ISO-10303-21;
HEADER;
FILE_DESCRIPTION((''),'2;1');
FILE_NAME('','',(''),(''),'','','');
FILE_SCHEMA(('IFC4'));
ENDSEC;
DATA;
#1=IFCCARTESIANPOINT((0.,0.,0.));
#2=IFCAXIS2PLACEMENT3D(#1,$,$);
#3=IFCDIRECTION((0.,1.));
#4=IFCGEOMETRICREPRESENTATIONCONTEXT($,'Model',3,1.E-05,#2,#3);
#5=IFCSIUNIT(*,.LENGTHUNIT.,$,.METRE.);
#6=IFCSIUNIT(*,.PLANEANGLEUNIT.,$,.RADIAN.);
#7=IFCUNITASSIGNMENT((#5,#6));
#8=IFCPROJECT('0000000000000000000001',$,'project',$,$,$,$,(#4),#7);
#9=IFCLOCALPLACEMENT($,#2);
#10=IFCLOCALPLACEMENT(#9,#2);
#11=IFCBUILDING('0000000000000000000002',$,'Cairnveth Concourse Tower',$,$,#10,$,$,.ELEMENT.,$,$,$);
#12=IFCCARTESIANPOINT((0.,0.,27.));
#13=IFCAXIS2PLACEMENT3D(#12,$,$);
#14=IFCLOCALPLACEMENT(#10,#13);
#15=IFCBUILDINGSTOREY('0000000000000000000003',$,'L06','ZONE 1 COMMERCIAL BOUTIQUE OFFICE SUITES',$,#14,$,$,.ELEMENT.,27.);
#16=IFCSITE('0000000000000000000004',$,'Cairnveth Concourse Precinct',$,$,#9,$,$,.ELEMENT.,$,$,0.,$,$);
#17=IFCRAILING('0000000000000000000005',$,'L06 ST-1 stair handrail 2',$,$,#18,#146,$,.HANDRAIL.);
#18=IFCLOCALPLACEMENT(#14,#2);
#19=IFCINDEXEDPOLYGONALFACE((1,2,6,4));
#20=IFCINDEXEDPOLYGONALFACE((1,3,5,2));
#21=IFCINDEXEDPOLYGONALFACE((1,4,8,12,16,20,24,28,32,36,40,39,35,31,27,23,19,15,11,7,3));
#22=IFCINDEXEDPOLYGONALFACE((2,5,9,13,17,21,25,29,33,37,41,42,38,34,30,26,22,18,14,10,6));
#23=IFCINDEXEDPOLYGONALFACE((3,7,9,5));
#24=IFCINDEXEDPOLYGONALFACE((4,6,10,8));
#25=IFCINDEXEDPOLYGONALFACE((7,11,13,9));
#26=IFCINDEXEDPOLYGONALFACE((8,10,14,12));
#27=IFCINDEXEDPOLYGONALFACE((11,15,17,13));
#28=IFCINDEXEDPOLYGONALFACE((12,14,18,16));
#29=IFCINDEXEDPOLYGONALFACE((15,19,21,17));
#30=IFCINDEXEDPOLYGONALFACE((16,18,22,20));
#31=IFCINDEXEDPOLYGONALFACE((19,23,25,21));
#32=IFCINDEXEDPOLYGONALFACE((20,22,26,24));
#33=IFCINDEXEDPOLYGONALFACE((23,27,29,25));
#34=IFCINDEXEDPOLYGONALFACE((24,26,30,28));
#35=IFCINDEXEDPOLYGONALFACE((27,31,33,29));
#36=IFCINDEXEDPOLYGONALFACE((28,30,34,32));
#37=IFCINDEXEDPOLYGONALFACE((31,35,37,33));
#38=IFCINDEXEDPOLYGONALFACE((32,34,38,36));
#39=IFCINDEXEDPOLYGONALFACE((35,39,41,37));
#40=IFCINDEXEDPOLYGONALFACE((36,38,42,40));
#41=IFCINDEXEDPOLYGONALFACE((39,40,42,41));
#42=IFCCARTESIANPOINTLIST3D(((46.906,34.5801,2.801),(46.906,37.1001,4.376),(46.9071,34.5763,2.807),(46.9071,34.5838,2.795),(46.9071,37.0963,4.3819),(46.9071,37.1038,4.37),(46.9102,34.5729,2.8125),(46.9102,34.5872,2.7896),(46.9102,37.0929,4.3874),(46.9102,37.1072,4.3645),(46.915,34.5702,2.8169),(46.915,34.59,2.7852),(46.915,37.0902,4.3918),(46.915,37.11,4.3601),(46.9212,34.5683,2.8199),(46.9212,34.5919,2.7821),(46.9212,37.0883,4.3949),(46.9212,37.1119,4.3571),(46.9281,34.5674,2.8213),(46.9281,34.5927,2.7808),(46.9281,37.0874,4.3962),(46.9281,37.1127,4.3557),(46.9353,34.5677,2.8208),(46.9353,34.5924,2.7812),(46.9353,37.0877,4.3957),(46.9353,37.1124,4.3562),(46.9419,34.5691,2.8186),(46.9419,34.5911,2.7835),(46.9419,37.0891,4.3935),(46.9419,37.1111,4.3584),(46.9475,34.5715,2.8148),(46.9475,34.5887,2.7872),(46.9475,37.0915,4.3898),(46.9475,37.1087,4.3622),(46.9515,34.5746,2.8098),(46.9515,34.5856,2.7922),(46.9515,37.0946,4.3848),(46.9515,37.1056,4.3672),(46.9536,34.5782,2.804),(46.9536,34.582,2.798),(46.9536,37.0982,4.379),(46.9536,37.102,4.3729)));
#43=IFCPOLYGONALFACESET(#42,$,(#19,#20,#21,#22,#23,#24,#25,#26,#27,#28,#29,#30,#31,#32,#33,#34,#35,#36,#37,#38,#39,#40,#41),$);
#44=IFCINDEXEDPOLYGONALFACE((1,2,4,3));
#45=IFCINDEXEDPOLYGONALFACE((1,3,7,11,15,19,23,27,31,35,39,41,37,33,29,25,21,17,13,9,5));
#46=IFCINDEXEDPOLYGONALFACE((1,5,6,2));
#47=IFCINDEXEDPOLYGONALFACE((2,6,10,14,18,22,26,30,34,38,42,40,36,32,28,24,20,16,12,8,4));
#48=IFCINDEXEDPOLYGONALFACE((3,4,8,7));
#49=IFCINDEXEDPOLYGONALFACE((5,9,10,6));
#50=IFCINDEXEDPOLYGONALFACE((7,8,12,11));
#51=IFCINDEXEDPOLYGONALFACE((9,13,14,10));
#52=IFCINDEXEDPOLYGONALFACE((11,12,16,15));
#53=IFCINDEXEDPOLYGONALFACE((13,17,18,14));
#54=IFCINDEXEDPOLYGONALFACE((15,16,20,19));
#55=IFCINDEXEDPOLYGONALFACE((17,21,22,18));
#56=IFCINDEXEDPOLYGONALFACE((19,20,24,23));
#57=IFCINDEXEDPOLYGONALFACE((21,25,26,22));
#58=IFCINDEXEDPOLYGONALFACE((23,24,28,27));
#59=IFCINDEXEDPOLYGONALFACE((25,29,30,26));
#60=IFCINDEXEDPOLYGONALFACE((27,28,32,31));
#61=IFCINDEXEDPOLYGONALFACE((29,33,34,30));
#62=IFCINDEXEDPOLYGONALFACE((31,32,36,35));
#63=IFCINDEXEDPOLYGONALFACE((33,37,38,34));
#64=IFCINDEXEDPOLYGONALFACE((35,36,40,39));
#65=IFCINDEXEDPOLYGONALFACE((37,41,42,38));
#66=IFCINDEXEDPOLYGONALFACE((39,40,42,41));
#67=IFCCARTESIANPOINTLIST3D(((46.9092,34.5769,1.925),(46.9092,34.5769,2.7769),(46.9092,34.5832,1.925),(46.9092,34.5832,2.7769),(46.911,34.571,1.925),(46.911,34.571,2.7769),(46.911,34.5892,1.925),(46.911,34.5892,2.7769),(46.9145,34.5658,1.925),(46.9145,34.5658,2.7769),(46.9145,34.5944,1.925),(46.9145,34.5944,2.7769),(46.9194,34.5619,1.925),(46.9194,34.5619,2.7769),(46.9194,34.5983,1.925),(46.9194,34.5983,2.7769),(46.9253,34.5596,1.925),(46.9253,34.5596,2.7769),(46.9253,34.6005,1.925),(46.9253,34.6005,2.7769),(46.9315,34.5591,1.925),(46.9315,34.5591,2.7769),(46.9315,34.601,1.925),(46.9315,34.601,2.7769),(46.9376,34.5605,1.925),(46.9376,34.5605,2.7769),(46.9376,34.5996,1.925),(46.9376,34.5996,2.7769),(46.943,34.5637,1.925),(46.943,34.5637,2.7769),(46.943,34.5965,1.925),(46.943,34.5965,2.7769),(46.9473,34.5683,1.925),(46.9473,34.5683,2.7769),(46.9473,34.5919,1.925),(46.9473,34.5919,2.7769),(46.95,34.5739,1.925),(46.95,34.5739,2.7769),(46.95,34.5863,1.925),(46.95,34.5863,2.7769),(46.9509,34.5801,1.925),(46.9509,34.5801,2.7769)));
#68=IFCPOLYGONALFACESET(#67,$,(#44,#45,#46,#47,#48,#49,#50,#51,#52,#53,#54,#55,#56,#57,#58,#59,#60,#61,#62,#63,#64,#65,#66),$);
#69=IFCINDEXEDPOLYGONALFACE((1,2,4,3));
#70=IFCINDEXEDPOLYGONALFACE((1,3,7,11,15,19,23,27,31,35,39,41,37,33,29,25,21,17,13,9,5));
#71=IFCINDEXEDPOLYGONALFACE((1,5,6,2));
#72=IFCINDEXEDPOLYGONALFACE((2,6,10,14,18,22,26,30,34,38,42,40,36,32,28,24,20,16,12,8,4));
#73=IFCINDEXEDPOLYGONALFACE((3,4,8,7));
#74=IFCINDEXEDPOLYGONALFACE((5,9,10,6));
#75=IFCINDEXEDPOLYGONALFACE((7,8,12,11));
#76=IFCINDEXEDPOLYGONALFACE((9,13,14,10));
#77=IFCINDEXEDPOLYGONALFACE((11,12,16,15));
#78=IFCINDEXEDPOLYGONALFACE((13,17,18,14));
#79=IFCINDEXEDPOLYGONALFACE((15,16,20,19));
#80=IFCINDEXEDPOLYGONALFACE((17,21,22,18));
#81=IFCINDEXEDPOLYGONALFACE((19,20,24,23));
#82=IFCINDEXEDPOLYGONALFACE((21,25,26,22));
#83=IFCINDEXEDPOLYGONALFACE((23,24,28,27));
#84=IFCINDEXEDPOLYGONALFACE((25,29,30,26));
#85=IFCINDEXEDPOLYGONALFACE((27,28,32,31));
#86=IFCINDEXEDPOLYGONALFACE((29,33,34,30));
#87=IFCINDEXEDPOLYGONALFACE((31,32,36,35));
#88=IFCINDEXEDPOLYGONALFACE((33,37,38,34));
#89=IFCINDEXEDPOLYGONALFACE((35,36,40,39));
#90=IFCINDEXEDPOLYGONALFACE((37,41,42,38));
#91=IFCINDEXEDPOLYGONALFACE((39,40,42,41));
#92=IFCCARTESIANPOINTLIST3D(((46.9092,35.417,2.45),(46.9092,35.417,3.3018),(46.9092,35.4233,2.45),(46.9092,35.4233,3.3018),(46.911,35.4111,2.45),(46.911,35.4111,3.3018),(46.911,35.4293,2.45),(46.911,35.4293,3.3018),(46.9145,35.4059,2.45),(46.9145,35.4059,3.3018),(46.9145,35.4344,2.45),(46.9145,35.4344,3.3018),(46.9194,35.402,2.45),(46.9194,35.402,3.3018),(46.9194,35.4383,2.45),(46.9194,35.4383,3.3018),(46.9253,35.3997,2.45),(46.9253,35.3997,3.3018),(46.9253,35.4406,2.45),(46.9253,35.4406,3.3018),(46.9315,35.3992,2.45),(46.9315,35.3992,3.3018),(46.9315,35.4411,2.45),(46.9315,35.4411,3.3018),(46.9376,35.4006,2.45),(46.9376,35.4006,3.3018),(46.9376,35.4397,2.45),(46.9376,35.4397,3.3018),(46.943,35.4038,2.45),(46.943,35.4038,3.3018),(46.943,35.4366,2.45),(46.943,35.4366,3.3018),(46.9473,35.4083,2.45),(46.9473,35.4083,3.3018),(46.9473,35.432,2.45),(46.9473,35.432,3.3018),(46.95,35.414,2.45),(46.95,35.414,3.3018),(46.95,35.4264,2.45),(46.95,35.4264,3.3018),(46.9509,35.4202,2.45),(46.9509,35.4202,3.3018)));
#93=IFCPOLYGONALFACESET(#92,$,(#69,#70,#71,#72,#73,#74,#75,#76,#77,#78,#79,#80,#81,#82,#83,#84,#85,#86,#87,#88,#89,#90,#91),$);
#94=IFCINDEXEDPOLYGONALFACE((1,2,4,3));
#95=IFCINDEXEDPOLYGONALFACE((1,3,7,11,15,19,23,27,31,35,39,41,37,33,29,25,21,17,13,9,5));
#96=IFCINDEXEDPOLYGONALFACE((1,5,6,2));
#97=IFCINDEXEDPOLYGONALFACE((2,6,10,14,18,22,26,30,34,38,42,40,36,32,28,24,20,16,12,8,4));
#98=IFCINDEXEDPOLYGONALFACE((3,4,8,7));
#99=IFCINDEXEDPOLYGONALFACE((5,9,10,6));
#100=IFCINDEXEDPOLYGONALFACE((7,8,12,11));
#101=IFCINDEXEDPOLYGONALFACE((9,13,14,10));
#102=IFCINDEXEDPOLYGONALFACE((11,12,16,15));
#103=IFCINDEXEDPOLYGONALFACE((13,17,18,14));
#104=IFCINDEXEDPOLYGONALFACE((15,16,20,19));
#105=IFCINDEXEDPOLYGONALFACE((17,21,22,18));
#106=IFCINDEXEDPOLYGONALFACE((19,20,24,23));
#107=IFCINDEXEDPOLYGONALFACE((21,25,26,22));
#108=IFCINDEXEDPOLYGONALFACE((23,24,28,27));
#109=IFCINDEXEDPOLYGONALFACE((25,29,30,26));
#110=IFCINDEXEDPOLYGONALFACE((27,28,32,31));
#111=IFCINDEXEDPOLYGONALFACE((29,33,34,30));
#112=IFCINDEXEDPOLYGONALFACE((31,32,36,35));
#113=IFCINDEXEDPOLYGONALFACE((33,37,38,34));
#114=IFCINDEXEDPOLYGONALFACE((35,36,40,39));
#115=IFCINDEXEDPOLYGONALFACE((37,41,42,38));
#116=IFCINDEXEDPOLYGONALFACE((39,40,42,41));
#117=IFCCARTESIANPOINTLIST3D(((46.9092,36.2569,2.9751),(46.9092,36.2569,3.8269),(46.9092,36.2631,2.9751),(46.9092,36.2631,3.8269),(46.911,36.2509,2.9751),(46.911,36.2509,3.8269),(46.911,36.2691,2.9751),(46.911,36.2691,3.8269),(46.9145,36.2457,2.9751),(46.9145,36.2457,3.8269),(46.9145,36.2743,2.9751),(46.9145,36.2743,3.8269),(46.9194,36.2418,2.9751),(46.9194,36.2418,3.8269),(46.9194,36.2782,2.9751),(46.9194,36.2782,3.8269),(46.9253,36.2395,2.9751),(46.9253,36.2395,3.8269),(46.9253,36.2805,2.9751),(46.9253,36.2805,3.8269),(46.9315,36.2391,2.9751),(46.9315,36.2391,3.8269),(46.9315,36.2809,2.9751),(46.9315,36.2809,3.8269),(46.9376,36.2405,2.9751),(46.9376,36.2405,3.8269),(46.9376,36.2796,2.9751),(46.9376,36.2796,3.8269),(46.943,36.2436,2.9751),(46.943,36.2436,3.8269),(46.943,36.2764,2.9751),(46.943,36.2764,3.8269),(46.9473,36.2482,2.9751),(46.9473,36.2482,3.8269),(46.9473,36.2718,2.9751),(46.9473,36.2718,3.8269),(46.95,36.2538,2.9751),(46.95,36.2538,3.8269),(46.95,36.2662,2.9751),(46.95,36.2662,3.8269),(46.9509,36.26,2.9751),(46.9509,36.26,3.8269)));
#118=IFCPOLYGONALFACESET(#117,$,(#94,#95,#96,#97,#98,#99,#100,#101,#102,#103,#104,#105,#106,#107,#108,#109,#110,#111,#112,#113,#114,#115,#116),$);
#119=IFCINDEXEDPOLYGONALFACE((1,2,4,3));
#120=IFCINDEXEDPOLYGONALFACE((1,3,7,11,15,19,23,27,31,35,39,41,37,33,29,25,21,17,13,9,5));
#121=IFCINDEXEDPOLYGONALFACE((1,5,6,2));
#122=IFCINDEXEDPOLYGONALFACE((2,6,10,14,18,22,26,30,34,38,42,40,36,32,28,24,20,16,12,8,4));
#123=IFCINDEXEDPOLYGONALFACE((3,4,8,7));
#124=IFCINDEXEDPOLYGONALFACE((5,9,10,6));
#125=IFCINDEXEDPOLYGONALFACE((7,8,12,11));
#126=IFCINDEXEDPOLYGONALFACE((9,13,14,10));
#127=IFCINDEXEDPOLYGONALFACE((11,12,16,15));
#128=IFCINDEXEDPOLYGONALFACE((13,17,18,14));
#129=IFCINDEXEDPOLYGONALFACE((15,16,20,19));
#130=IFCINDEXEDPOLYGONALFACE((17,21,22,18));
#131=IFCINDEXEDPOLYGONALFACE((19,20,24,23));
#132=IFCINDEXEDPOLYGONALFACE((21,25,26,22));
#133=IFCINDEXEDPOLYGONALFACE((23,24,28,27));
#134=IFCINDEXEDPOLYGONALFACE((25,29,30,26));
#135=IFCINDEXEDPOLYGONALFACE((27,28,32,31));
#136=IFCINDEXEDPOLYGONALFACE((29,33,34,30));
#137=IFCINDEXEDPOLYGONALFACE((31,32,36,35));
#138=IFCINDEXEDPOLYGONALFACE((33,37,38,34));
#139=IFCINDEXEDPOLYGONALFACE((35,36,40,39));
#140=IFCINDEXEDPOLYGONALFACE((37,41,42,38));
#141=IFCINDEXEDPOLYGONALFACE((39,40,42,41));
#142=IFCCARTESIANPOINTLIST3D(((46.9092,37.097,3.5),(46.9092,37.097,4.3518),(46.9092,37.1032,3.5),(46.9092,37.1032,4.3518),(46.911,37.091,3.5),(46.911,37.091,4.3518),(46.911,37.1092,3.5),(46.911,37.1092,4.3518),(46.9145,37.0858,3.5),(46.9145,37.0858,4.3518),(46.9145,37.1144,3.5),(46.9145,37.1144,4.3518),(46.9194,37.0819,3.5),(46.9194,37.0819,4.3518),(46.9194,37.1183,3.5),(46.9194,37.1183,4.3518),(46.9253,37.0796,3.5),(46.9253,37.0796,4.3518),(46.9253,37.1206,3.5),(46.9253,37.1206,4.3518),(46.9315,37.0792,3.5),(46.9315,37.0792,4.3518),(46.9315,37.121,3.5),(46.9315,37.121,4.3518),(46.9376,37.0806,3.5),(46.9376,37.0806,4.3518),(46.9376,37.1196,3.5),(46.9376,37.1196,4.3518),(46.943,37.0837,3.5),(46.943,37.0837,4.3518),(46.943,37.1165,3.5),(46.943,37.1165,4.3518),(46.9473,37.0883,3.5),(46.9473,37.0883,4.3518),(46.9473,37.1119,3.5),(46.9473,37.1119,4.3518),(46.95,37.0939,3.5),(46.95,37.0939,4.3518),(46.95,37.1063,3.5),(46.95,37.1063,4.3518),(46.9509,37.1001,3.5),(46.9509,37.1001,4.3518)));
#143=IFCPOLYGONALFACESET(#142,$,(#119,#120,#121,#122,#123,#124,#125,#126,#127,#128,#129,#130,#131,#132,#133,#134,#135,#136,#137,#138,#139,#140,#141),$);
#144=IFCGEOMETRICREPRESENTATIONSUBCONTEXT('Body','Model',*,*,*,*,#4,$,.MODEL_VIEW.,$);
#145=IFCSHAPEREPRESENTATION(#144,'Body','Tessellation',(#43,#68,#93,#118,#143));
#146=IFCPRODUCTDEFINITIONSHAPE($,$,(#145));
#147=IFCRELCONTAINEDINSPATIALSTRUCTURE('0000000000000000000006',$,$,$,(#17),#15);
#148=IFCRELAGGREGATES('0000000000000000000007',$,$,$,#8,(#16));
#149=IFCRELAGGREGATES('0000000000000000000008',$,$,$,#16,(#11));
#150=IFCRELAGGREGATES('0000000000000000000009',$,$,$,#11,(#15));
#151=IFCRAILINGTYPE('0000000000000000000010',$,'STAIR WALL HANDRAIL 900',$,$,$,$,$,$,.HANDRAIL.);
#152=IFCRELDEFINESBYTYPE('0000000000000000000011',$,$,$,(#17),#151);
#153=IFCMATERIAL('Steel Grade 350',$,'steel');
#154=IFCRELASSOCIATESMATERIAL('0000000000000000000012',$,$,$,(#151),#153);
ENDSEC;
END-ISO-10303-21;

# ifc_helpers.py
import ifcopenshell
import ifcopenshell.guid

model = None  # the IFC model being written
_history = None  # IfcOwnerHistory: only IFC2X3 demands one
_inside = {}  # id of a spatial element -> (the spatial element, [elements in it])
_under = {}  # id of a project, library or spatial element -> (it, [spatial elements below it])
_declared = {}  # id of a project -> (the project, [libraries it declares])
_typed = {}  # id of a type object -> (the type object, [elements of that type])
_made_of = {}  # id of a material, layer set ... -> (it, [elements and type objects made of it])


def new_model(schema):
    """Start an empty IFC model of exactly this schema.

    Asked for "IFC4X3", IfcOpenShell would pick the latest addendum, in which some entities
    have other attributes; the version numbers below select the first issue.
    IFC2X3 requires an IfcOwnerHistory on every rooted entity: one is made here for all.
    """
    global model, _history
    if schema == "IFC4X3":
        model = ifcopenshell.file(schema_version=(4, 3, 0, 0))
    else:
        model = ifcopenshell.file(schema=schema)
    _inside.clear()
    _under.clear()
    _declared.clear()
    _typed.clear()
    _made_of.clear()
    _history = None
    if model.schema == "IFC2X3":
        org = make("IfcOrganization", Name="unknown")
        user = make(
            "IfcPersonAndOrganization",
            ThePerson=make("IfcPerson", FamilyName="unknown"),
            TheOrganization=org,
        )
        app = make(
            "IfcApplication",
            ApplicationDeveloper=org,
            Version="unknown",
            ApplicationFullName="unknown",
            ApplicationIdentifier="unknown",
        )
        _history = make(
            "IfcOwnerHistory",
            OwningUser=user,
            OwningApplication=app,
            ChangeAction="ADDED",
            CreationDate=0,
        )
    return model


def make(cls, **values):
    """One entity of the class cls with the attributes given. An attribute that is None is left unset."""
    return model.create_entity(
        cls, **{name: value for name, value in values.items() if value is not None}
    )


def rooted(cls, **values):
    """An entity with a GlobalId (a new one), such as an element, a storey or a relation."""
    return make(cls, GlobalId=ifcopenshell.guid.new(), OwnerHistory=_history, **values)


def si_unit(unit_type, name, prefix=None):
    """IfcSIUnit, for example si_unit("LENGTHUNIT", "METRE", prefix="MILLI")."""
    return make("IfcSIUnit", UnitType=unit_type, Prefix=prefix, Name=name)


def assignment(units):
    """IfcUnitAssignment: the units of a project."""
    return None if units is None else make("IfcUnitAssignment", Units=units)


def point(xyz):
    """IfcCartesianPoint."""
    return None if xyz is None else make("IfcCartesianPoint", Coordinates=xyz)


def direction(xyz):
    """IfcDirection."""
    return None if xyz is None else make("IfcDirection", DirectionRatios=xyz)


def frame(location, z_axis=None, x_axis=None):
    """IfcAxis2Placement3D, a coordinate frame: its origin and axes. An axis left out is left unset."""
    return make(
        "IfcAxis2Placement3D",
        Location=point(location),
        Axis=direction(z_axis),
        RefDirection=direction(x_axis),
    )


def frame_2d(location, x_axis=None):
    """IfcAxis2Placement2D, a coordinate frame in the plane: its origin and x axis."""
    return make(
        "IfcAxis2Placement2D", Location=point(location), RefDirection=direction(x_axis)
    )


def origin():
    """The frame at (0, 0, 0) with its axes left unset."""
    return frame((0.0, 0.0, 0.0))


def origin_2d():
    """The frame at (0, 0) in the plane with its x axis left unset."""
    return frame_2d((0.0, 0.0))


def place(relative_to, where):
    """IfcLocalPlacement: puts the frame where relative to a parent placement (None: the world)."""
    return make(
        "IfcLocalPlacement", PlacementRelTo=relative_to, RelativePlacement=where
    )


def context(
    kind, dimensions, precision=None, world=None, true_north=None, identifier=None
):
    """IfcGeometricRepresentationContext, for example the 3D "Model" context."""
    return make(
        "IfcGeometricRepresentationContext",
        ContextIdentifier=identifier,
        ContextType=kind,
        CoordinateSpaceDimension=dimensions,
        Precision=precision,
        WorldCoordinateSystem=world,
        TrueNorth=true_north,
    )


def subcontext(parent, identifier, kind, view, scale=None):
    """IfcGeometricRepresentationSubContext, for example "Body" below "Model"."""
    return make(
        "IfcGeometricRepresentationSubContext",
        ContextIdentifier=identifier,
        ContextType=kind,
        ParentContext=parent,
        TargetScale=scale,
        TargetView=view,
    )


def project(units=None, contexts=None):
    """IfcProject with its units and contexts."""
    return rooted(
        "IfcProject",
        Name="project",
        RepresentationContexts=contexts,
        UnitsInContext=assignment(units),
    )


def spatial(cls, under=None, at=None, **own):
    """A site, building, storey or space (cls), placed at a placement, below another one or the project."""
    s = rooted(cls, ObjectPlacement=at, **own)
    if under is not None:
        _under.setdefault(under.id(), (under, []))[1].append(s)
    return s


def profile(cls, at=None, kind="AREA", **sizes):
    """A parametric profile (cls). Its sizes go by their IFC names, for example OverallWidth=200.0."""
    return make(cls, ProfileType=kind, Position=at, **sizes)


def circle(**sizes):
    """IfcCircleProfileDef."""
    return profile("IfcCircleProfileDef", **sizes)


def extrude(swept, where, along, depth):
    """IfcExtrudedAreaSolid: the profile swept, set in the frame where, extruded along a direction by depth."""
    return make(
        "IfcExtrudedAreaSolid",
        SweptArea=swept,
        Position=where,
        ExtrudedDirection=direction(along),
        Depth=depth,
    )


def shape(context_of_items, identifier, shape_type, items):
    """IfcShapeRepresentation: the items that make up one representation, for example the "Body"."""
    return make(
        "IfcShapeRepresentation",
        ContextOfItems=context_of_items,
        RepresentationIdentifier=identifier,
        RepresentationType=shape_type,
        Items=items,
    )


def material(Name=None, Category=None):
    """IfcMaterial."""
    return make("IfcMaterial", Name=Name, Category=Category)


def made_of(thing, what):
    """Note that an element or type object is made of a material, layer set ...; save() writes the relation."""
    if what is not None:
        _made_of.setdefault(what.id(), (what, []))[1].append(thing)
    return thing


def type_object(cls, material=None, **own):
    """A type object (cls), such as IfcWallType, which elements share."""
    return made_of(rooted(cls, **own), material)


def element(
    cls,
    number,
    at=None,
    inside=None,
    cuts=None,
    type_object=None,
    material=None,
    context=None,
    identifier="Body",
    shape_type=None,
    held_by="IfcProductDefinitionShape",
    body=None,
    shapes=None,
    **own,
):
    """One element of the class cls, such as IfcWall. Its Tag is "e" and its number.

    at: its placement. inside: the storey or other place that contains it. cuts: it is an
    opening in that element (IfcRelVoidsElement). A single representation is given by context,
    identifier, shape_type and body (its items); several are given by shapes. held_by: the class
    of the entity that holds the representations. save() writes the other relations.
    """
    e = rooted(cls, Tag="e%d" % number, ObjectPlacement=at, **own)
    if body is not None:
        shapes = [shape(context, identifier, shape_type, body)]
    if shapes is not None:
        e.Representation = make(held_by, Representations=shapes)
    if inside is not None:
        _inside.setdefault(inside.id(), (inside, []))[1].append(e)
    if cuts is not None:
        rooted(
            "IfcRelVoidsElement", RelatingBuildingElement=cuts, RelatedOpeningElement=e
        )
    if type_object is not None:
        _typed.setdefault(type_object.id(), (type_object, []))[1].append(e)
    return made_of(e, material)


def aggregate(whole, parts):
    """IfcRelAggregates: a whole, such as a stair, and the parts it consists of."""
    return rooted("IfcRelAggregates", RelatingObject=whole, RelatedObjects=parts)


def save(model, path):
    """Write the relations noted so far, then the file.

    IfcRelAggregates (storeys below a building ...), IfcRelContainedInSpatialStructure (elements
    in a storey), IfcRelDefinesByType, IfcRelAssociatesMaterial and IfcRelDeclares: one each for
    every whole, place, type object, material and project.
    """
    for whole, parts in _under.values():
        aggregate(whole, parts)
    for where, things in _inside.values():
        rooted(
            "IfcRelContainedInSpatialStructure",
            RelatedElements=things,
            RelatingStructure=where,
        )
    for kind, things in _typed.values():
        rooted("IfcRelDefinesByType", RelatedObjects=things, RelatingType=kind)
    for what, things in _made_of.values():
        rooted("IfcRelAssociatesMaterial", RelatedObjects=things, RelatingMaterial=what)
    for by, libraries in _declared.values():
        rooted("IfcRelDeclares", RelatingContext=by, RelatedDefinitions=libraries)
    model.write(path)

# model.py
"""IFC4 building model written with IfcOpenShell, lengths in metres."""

from ifc_helpers import new_model, si_unit, direction, frame, origin, origin_2d, place, context, subcontext, project, spatial, circle, extrude, material, type_object, element, save


model = new_model("IFC4")

# Units and contexts
model_context = context("Model", 3, precision=1e-05, world=origin(), true_north=direction((0.0, 1.0)))
body_context = subcontext(model_context, "Body", "Model", "MODEL_VIEW")
ifc_project = project(units=[si_unit("LENGTHUNIT", "METRE"), si_unit("PLANEANGLEUNIT", "RADIAN")], contexts=[model_context])

# Site, building, storey
site_placement = place(None, origin())
site = spatial("IfcSite", under=ifc_project, at=site_placement, Name="Cairnveth Concourse Precinct", CompositionType="ELEMENT", RefElevation=0.0)
building_placement = place(site_placement, origin())
building = spatial("IfcBuilding", under=site, at=building_placement, Name="Cairnveth Concourse Tower", CompositionType="ELEMENT")
storey_placement = place(building_placement, frame((0.0, 0.0, 27.0)))
storey = spatial("IfcBuildingStorey", under=building, at=storey_placement, Name="L06", Description="ZONE 1 COMMERCIAL BOUTIQUE OFFICE SUITES", CompositionType="ELEMENT", Elevation=27.0)

# Shared definitions
ifc_material_1 = material(Name="Steel Grade 350", Category="steel")

# Railing
railing_type_1 = type_object("IfcRailingType", Name="STAIR WALL HANDRAIL 900", PredefinedType="HANDRAIL", material=ifc_material_1)
railing_1_placement = place(storey_placement, frame((46.9299, 34.5801, 1.925)))
element("IfcRailing", 1, at=railing_1_placement, inside=storey, type_object=railing_type_1, Name="L06 ST-1 stair handrail 2", PredefinedType="HANDRAIL", context=body_context, shape_type="SweptSolid", body=[
    extrude(circle(Radius=0.0239, at=origin_2d()), frame((0.0, 0.0, 0.876), z_axis=(0.0, 0.848008, 0.529984), x_axis=(-1.0, 0.0, 0.0)), (0.0, 0.0, 1.0), 2.9717),
    extrude(circle(Radius=0.021, at=origin_2d()), origin(), (0.0, 0.0, 1.0), 0.8518),
    extrude(circle(Radius=0.021, at=origin_2d()), frame((0.0, 0.8401, 0.5249)), (0.0, 0.0, 1.0), 0.8518),
    extrude(circle(Radius=0.021, at=origin_2d()), frame((0.0, 1.6799, 1.05)), (0.0, 0.0, 1.0), 0.8518),
    extrude(circle(Radius=0.021, at=origin_2d()), frame((0.0, 2.52, 1.575)), (0.0, 0.0, 1.0), 0.8518),
])

save(model, "model.ifc")
